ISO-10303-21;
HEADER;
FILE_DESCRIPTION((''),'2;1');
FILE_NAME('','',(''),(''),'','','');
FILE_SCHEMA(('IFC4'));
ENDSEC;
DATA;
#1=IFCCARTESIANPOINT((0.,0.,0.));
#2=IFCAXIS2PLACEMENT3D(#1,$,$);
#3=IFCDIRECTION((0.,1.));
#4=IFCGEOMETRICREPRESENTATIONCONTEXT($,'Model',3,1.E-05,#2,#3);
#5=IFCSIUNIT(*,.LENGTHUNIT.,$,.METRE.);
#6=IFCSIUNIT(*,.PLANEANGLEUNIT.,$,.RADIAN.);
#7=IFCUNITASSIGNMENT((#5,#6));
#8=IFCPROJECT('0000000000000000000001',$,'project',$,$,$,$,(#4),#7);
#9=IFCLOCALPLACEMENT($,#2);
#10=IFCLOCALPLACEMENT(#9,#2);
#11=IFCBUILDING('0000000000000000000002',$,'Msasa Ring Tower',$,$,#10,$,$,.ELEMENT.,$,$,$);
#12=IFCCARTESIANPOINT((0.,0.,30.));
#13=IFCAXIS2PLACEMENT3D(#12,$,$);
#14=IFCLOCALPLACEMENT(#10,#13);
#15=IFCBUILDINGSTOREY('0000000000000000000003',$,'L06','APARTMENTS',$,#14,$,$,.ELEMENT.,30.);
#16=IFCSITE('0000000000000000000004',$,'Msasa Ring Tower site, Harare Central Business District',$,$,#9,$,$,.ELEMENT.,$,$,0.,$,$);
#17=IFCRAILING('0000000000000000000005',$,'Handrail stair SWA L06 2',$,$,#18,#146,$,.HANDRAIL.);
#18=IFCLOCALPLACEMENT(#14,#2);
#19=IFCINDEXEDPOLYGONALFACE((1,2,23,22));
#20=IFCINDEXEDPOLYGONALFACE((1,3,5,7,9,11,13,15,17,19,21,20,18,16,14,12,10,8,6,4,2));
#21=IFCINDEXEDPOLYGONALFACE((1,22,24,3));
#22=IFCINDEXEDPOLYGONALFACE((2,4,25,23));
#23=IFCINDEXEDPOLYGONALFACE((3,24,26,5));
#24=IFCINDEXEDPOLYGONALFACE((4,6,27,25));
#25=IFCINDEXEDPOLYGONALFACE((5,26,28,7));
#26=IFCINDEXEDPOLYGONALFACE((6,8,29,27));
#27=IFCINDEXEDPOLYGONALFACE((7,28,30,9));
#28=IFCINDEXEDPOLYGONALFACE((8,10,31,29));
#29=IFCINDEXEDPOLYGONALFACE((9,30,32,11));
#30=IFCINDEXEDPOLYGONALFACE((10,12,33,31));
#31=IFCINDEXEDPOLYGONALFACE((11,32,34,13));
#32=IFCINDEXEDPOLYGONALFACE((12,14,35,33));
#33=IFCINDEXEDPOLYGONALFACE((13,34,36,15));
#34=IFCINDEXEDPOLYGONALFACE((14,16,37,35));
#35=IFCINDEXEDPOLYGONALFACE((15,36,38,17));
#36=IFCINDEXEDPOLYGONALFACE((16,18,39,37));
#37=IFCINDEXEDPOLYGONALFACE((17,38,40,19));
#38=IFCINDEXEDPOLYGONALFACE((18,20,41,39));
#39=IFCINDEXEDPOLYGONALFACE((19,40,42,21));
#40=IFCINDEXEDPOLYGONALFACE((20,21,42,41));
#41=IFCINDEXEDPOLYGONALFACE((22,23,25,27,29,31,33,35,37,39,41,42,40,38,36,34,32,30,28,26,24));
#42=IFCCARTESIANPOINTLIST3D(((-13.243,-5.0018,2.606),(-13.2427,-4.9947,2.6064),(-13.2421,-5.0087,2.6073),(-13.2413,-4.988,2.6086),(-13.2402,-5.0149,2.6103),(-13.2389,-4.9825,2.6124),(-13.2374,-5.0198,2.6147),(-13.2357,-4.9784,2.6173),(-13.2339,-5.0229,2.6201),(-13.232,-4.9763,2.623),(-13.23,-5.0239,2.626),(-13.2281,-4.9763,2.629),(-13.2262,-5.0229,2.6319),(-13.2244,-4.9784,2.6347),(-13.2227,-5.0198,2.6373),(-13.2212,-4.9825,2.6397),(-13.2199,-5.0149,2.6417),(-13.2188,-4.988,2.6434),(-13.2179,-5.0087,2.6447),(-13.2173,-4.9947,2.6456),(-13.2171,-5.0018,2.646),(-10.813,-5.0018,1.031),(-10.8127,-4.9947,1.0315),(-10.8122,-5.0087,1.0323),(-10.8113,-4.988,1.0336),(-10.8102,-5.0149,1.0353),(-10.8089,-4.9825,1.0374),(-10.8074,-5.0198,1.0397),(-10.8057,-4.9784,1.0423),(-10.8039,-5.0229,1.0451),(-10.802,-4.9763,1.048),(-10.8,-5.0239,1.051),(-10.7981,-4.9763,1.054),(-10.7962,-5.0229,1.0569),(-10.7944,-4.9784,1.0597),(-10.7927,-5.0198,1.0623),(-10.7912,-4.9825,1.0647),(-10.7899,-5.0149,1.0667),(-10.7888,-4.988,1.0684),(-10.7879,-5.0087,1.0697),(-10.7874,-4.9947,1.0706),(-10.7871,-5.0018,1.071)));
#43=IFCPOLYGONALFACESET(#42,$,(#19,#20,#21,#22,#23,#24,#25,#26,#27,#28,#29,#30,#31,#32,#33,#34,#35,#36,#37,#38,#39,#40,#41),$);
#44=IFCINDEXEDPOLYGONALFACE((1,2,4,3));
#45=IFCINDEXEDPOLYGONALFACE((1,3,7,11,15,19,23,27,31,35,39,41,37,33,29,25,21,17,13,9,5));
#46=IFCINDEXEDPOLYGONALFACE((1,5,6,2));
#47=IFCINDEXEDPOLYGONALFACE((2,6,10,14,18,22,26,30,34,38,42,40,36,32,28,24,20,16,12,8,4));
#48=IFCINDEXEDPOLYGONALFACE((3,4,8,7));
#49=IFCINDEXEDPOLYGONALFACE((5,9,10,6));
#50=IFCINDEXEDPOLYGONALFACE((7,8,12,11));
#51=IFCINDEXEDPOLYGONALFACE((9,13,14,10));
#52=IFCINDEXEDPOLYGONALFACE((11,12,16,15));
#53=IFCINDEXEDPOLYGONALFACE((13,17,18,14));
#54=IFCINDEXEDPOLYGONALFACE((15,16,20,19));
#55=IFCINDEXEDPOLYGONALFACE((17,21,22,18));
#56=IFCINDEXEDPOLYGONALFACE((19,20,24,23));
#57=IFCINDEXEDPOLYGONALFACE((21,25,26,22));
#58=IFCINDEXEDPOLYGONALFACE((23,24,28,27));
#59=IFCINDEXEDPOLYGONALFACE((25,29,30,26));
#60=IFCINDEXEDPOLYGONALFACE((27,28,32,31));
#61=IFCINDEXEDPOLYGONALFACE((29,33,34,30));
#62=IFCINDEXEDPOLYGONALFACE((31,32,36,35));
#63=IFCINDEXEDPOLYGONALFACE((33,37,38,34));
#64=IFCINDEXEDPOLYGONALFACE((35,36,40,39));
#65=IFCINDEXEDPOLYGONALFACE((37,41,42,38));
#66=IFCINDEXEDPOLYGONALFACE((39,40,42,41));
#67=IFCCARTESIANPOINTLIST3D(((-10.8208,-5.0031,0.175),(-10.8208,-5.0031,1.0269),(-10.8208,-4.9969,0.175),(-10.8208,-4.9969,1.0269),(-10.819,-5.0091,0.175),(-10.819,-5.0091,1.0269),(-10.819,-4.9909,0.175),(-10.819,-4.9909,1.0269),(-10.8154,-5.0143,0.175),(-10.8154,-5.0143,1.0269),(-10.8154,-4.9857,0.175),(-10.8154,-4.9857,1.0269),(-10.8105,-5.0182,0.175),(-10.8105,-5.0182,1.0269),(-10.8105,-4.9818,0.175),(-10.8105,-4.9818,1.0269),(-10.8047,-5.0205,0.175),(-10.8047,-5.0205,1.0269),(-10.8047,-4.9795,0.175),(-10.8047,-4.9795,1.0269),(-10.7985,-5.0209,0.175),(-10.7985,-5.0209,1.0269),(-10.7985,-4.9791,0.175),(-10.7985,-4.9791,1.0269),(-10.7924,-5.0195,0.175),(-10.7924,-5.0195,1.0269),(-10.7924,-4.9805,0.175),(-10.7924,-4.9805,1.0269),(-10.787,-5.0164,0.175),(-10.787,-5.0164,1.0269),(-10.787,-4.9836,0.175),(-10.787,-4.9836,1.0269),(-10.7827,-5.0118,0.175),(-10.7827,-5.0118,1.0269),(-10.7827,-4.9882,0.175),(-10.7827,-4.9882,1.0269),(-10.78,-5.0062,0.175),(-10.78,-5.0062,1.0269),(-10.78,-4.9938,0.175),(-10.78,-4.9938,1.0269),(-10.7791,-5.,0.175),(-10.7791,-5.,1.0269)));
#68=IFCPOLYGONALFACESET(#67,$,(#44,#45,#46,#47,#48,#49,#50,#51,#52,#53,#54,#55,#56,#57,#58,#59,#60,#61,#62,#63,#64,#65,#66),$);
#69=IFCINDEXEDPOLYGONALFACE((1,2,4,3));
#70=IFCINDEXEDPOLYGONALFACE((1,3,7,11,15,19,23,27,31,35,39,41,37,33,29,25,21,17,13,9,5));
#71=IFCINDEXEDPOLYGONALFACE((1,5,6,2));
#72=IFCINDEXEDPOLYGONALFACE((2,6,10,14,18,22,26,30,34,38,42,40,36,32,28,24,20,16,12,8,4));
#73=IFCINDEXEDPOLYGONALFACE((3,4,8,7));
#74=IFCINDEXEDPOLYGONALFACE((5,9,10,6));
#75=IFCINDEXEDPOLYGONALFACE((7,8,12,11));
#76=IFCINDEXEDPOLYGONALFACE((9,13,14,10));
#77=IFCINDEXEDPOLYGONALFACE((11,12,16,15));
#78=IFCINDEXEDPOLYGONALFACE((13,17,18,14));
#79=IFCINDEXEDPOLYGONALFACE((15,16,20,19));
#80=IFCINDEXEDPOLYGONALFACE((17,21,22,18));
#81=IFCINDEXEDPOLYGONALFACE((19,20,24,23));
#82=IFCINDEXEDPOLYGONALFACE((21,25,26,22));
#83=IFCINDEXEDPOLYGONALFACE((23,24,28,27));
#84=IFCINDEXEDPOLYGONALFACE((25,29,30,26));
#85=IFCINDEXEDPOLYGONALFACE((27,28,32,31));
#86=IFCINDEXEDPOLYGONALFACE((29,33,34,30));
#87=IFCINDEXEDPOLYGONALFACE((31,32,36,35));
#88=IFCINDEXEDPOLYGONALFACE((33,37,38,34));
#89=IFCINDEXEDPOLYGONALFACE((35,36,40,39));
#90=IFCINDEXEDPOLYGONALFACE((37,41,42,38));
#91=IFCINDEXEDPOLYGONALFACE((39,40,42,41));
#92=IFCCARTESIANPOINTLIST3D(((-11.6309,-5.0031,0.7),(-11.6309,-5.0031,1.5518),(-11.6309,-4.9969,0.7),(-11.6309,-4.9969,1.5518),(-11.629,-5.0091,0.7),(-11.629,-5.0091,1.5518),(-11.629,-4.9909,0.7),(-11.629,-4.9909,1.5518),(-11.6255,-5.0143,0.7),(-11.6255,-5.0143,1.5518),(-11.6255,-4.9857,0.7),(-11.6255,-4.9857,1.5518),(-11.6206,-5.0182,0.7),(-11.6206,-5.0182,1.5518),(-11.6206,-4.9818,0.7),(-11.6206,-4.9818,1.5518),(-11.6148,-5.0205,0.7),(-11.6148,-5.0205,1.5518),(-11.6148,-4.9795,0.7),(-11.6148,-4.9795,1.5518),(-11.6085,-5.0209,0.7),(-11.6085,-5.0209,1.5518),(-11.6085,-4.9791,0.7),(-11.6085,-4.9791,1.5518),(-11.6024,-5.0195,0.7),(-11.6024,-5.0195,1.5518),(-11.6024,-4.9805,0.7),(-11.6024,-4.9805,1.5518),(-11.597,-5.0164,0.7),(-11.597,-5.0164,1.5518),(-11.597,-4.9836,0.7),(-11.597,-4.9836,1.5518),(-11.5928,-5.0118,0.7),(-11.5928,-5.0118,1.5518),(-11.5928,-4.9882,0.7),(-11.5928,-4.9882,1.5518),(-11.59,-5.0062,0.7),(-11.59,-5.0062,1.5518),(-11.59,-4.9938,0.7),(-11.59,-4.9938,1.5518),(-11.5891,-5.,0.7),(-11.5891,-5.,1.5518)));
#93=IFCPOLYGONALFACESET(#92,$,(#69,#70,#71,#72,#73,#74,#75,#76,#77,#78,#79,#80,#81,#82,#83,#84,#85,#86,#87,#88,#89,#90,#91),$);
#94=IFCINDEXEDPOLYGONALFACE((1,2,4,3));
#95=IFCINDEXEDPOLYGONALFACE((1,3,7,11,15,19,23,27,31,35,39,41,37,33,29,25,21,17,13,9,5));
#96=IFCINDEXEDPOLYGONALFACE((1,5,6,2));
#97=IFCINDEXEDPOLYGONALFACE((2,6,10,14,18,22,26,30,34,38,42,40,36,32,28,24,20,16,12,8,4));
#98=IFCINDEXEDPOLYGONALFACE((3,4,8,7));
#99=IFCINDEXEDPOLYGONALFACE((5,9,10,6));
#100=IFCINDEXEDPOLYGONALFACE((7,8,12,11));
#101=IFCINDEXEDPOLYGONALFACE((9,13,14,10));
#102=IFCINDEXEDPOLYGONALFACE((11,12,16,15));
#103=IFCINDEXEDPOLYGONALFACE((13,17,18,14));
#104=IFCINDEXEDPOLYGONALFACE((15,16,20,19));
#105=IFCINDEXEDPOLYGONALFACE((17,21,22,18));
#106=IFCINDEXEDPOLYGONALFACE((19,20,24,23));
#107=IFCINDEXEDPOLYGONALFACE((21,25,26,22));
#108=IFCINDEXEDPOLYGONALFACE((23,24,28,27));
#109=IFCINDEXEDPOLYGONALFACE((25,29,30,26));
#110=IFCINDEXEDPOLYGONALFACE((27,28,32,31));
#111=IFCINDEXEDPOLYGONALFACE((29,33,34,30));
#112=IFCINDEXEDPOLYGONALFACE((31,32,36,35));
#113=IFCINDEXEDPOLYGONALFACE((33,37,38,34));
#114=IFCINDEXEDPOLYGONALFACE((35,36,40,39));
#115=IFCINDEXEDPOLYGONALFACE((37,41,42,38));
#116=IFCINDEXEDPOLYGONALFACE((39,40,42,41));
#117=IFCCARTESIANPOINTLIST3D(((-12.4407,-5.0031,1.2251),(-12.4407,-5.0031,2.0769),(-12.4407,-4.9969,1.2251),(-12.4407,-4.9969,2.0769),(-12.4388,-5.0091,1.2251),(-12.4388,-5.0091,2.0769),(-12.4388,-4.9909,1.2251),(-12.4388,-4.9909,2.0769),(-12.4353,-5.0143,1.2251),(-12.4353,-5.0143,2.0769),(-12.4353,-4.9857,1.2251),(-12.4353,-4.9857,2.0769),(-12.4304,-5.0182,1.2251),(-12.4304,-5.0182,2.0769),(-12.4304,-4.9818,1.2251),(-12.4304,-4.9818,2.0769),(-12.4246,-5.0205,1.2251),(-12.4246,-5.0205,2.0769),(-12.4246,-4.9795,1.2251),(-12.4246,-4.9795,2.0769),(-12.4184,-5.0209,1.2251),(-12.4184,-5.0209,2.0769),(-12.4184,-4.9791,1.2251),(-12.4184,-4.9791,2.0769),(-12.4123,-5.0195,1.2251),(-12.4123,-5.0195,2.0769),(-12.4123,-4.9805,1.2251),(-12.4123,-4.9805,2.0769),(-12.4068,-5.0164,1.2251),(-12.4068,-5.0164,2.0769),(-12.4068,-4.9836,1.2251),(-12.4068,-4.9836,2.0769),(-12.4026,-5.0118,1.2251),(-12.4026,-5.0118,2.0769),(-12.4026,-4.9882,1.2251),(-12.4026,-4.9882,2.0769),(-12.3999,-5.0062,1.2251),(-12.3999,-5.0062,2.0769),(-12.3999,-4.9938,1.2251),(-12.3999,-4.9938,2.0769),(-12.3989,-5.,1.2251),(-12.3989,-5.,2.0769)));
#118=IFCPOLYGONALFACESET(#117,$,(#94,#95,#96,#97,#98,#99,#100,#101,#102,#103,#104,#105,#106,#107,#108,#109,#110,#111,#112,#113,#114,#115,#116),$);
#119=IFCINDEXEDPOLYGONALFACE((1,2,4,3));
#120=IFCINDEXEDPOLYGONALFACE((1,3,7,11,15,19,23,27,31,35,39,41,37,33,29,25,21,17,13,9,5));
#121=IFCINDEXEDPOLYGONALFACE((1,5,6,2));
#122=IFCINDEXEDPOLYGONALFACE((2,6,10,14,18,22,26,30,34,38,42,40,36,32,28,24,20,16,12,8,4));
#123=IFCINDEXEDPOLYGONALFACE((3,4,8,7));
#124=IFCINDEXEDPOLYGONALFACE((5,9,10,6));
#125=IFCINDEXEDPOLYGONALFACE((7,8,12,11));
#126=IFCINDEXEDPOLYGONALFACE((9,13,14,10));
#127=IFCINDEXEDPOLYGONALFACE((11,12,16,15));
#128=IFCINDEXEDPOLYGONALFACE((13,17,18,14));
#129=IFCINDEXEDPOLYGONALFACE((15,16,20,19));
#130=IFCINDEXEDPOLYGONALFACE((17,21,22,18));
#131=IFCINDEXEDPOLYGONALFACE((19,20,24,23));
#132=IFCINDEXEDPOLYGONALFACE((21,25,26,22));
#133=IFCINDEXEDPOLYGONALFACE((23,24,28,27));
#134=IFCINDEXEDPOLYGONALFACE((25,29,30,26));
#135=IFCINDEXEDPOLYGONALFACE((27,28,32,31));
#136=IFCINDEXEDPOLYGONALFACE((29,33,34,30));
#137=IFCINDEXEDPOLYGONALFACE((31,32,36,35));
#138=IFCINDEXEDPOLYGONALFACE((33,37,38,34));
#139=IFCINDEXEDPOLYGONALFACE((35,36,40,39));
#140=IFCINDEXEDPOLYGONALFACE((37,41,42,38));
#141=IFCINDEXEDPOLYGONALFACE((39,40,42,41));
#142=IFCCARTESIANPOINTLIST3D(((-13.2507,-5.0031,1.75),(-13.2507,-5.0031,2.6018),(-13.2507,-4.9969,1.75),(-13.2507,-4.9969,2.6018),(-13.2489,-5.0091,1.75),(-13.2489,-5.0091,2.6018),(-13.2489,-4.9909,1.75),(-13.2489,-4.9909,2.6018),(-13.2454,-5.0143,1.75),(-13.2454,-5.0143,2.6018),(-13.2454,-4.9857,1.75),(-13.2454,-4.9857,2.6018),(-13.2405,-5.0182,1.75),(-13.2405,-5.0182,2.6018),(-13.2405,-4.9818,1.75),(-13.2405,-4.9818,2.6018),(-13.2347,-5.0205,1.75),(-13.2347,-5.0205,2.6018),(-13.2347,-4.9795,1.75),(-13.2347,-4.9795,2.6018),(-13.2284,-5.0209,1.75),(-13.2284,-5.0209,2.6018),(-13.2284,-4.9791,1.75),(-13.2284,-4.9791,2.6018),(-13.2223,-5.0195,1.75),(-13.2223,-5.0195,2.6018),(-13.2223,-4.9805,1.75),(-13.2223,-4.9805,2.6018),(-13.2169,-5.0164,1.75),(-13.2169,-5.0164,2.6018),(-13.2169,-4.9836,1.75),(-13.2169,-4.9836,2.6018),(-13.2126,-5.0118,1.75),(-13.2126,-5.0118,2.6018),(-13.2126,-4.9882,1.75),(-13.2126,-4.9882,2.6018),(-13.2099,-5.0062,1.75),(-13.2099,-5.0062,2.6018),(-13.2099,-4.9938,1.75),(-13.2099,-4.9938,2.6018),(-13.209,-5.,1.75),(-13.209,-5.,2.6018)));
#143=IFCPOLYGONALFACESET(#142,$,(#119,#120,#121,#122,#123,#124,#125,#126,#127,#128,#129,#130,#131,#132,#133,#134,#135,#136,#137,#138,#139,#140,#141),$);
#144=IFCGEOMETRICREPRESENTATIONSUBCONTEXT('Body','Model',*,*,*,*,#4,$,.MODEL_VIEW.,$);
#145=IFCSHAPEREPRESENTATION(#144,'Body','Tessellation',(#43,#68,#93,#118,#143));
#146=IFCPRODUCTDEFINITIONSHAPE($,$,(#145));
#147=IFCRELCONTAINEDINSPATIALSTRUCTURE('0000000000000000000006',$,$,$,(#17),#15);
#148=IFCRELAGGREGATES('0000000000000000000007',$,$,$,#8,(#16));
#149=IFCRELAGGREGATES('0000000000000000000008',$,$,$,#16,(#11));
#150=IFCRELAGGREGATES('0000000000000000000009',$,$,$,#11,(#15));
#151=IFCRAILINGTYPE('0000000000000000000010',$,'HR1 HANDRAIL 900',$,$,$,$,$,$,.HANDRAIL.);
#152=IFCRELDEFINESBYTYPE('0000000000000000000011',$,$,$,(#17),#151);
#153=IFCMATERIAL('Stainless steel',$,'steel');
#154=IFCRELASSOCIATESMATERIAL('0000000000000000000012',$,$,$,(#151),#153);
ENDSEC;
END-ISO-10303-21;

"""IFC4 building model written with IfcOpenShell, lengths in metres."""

from ifc_helpers import new_model, si_unit, direction, frame, origin, origin_2d, place, context, subcontext, project, spatial, circle, extrude, material, type_object, element, save


model = new_model("IFC4")

# Units and contexts
model_context = context("Model", 3, precision=1e-05, world=origin(), true_north=direction((0.0, 1.0)))
body_context = subcontext(model_context, "Body", "Model", "MODEL_VIEW")
ifc_project = project(units=[si_unit("LENGTHUNIT", "METRE"), si_unit("PLANEANGLEUNIT", "RADIAN")], contexts=[model_context])

# Site, building, storey
site_placement = place(None, origin())
site = spatial("IfcSite", under=ifc_project, at=site_placement, Name="Msasa Ring Tower site, Harare Central Business District", CompositionType="ELEMENT", RefElevation=0.0)
building_placement = place(site_placement, origin())
building = spatial("IfcBuilding", under=site, at=building_placement, Name="Msasa Ring Tower", CompositionType="ELEMENT")
storey_placement = place(building_placement, frame((0.0, 0.0, 30.0)))
storey = spatial("IfcBuildingStorey", under=building, at=storey_placement, Name="L06", Description="APARTMENTS", CompositionType="ELEMENT", Elevation=30.0)

# Railing
ifc_material_1 = material(Name="Stainless steel", Category="steel")
railing_type = type_object("IfcRailingType", Name="HR1 HANDRAIL 900", PredefinedType="HANDRAIL", material=ifc_material_1)
for number, where, name in (
    (1, (-10.8, -5.0, 0.175), "Handrail stair SWA L06 2"),
):
    element("IfcRailing", number, at=place(storey_placement, frame(where)), inside=storey, type_object=railing_type, Name=name, PredefinedType="HANDRAIL", context=body_context, shape_type="SweptSolid", body=[
        extrude(circle(Radius=0.0239, at=origin_2d()), frame((0.0, 0.0, 0.876), z_axis=(-0.839154, 0.0, 0.543894), x_axis=(0.0, -1.0, 0.0)), (0.0, 0.0, 1.0), 2.8958),
        extrude(circle(Radius=0.021, at=origin_2d()), origin(), (0.0, 0.0, 1.0), 0.8518),
        extrude(circle(Radius=0.021, at=origin_2d()), frame((-0.8101, 0.0, 0.5249)), (0.0, 0.0, 1.0), 0.8518),
        extrude(circle(Radius=0.021, at=origin_2d()), frame((-1.6199, 0.0, 1.05)), (0.0, 0.0, 1.0), 0.8518),
        extrude(circle(Radius=0.021, at=origin_2d()), frame((-2.4299, 0.0, 1.575)), (0.0, 0.0, 1.0), 0.8518),
    ])

save(model, "model.ifc")
